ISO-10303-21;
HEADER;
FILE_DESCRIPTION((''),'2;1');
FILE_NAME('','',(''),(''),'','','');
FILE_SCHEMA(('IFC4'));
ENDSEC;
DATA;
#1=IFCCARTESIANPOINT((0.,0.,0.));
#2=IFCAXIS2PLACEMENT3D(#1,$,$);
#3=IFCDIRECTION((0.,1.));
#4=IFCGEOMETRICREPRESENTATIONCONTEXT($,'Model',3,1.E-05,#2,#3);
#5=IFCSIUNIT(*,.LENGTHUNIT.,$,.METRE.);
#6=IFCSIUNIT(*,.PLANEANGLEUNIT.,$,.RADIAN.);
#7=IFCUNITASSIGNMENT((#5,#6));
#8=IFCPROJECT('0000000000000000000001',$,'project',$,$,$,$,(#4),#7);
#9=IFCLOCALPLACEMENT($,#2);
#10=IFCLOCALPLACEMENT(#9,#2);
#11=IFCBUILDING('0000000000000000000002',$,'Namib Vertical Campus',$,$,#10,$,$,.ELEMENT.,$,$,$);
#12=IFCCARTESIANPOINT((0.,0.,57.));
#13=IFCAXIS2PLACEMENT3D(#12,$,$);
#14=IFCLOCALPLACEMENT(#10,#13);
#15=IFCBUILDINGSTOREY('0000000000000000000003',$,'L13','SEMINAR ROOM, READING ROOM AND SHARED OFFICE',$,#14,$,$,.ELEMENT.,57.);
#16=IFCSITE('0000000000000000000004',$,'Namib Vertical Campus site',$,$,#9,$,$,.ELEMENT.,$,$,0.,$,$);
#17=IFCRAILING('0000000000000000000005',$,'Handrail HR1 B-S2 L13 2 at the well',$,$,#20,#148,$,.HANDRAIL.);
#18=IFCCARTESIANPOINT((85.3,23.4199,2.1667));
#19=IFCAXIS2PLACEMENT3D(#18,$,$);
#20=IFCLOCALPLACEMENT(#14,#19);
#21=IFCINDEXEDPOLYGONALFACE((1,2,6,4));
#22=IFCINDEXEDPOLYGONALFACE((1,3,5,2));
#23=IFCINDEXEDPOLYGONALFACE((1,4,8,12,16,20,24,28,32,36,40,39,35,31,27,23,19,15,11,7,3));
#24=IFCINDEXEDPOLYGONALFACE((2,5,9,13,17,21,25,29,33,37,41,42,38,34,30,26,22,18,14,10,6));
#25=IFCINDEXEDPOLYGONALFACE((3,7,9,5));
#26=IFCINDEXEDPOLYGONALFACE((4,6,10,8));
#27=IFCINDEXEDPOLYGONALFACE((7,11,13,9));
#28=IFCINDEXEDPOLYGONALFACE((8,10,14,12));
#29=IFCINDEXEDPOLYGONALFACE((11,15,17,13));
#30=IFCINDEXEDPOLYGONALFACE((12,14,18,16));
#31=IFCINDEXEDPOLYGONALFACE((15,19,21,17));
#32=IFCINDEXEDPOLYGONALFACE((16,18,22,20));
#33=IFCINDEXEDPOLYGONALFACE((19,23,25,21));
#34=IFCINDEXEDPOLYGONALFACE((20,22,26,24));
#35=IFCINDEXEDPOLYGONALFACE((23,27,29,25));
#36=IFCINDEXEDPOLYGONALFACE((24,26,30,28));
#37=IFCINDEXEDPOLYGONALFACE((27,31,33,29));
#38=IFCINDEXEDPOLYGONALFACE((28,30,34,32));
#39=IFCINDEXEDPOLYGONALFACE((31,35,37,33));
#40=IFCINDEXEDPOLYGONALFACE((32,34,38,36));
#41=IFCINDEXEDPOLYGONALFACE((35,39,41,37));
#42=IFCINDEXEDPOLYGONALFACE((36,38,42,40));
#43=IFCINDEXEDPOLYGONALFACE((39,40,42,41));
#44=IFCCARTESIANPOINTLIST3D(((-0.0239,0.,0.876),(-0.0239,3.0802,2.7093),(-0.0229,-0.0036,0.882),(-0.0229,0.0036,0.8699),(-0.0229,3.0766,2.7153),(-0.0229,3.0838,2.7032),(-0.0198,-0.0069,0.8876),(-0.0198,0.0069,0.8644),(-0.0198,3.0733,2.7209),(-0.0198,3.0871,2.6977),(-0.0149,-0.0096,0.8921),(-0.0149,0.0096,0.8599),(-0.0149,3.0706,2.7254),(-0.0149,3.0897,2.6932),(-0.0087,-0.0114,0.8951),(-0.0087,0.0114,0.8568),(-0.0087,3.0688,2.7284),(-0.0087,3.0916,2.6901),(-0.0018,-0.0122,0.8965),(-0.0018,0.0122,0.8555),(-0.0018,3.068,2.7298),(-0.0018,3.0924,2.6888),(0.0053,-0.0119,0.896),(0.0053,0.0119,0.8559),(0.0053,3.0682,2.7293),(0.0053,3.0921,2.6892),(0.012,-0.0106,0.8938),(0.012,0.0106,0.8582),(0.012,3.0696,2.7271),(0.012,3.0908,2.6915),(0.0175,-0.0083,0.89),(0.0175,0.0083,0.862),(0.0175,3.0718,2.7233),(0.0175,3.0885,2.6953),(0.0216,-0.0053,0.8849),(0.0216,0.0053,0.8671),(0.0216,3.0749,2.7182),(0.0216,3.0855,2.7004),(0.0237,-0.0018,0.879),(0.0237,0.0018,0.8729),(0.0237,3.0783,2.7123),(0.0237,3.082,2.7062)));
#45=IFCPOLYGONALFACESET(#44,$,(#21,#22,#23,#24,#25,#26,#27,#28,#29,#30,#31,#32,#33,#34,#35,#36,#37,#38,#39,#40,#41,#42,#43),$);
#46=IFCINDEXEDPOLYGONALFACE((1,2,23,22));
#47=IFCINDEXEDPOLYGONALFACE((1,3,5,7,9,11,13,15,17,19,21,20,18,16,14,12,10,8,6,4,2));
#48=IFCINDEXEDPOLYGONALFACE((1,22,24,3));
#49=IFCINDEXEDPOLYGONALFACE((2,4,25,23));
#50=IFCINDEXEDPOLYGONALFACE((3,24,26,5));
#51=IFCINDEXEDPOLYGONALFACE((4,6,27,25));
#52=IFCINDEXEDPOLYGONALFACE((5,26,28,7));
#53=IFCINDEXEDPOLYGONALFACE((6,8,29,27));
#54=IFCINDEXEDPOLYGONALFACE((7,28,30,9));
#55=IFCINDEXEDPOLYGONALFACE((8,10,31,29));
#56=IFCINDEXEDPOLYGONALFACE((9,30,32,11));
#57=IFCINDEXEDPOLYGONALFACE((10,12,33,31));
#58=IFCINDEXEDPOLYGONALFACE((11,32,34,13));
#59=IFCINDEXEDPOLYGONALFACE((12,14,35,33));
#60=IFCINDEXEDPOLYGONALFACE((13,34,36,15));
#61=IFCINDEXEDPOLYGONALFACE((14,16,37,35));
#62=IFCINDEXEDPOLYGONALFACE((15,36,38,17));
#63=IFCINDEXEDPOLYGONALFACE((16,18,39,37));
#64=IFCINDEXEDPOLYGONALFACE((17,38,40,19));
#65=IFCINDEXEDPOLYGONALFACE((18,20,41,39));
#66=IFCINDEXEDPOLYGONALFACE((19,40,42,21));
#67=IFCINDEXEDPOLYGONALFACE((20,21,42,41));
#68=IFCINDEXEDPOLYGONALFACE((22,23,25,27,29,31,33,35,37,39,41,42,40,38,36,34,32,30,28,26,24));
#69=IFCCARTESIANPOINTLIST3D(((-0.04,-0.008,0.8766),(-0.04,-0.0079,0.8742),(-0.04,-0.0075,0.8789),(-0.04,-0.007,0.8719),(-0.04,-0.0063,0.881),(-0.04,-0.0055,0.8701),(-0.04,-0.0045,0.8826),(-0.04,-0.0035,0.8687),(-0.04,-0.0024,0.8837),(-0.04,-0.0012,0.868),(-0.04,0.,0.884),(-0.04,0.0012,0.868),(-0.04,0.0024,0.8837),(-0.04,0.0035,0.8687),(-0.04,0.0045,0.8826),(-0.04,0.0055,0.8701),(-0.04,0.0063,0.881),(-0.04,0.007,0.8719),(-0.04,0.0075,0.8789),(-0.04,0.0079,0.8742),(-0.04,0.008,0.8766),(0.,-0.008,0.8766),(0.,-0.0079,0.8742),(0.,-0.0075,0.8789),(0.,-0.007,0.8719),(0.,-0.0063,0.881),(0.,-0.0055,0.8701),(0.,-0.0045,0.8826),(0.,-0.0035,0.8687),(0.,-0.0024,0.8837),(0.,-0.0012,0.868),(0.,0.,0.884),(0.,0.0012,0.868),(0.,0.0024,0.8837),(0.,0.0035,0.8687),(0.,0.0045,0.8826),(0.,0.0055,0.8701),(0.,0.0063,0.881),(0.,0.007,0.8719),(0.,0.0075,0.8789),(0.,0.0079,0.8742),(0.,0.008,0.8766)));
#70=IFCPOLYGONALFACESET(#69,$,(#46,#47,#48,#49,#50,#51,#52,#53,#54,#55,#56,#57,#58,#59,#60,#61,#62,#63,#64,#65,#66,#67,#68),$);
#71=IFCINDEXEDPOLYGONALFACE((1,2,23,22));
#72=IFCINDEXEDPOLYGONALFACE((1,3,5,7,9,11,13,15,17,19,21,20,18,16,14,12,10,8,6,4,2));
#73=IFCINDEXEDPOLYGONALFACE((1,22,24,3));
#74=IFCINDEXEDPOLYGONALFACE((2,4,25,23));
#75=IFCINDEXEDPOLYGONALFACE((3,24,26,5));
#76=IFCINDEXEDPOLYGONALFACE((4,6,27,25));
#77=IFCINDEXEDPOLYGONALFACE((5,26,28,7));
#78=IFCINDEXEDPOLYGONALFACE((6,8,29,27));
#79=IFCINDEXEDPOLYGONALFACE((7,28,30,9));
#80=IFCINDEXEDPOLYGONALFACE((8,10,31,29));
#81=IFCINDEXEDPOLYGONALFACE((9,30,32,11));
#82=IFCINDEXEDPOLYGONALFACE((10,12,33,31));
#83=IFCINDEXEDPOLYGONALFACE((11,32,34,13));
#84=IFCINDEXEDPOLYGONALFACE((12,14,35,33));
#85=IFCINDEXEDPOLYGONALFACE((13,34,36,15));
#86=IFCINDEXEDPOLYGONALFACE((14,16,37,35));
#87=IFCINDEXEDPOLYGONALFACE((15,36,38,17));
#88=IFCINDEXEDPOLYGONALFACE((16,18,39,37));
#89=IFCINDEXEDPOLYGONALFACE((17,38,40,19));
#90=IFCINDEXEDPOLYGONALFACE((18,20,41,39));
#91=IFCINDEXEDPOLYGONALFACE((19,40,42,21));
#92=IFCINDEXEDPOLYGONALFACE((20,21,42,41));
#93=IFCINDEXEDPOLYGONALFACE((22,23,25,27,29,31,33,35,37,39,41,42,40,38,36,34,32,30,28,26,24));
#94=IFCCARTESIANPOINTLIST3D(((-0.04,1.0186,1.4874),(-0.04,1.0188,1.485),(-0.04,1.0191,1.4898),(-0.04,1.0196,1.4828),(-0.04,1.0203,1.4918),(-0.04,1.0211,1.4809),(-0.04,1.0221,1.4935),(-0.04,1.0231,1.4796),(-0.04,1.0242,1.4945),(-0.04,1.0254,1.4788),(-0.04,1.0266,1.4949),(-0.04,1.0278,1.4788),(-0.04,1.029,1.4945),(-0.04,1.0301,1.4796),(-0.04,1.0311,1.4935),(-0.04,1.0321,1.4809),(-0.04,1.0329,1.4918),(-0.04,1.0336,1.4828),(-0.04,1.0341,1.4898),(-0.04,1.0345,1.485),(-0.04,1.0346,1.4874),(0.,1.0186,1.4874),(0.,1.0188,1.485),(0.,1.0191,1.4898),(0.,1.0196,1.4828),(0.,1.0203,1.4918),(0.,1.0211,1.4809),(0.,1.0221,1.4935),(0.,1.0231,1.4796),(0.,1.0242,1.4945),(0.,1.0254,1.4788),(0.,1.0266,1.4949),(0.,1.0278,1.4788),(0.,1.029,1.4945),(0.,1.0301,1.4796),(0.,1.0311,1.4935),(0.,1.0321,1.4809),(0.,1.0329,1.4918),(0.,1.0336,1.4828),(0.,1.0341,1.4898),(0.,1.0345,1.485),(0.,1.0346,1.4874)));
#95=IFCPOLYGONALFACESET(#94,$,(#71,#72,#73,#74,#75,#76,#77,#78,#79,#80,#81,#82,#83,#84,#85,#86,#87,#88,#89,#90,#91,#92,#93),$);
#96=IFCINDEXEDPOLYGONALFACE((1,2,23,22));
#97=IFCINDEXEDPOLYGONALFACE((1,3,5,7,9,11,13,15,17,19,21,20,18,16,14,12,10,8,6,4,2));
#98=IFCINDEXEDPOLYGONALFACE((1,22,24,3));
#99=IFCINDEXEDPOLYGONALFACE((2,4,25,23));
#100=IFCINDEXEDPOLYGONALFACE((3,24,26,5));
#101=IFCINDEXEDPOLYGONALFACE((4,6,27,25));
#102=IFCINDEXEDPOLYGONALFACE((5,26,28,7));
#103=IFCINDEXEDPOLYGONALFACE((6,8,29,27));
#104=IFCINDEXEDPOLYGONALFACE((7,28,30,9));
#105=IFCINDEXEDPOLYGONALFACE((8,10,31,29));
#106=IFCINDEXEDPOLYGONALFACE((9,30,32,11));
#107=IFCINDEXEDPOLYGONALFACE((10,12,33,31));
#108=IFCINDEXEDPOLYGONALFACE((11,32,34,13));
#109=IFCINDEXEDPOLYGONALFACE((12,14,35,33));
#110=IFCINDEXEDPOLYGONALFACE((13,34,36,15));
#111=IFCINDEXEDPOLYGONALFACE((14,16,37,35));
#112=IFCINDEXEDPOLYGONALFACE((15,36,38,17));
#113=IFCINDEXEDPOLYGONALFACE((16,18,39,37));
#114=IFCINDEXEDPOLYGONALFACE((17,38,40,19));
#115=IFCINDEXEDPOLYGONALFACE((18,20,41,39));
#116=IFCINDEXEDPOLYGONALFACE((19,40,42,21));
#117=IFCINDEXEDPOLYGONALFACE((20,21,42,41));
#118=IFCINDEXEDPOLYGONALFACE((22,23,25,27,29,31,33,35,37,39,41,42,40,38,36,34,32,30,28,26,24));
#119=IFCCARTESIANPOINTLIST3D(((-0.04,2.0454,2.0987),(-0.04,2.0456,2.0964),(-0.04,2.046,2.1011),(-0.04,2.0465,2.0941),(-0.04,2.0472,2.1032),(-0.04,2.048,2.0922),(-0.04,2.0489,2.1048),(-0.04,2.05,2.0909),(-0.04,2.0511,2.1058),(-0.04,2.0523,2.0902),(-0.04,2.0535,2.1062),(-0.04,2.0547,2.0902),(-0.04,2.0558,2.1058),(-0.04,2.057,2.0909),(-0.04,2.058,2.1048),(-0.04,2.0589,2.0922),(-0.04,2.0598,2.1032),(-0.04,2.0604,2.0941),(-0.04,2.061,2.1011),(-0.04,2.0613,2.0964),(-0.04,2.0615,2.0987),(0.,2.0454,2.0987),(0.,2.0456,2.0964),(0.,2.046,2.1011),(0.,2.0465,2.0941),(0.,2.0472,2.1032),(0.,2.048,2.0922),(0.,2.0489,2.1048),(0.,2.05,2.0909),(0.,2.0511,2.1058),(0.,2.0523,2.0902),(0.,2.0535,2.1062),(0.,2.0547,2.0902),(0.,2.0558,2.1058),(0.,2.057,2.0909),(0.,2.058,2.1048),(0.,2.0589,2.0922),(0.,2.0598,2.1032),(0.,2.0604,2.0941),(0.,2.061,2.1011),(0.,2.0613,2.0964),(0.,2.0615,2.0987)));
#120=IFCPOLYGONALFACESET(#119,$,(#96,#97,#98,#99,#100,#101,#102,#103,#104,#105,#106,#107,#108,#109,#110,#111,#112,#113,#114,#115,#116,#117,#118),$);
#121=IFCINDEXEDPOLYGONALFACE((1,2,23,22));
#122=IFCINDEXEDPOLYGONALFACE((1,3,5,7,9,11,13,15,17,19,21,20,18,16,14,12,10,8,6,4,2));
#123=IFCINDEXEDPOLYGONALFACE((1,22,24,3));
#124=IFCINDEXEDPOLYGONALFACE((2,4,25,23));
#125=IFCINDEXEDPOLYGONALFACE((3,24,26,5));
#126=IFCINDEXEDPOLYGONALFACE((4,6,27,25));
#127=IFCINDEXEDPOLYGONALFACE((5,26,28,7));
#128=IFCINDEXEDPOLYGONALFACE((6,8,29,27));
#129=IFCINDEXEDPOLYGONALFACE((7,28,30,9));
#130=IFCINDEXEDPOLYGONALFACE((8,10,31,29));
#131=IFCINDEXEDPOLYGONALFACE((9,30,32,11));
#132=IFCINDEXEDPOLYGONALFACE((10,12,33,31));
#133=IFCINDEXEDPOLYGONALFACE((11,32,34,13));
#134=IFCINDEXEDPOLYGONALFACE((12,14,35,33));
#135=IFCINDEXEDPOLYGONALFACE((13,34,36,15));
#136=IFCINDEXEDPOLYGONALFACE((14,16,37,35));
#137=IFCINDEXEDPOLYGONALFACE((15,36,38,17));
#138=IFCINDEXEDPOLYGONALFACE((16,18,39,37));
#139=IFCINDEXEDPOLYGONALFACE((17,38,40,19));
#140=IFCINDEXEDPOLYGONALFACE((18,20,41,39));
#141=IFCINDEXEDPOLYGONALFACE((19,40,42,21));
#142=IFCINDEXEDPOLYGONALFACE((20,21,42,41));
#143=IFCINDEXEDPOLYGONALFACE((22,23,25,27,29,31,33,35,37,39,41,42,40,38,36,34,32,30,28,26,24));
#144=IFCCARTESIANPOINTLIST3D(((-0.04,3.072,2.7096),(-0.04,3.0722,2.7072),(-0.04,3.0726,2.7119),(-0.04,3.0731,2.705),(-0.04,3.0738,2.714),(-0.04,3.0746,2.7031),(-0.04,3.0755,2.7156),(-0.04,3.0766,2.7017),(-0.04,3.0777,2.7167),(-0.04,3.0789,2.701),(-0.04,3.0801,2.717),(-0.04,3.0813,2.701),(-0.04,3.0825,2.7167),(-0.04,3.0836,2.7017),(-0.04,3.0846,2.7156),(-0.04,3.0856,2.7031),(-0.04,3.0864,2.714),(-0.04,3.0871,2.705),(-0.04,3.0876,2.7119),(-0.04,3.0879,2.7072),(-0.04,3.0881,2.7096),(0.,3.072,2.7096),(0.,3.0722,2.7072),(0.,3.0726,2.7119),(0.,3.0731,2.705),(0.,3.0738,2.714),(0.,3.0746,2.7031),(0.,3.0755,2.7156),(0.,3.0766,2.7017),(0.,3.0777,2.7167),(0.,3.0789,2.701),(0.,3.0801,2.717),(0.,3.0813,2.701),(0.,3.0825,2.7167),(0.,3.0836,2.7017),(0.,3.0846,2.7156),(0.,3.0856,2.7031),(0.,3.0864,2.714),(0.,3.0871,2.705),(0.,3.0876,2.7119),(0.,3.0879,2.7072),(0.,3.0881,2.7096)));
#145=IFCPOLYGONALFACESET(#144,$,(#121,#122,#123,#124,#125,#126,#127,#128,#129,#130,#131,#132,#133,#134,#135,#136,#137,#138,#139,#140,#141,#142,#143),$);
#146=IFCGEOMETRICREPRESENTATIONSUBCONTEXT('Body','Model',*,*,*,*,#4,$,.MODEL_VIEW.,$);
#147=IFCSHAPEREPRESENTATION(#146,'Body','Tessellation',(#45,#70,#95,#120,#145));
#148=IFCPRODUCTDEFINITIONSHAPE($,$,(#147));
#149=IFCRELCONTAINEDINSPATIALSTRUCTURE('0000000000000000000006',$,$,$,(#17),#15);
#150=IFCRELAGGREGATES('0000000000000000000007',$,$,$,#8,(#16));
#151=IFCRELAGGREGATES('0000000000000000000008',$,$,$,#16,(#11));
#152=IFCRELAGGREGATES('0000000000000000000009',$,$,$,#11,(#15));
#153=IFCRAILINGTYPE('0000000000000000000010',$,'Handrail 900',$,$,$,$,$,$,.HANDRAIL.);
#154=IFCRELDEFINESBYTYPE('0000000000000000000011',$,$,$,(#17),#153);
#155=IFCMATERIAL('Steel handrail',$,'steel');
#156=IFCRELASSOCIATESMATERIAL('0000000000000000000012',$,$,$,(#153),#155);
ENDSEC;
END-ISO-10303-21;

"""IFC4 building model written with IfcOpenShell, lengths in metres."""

from ifc_helpers import new_model, si_unit, direction, frame, origin, origin_2d, place, context, subcontext, project, spatial, circle, extrude, material, type_object, element, save


model = new_model("IFC4")

# Units and contexts
model_context = context("Model", 3, precision=1e-05, world=origin(), true_north=direction((0.0, 1.0)))
body_context = subcontext(model_context, "Body", "Model", "MODEL_VIEW")
ifc_project = project(units=[si_unit("LENGTHUNIT", "METRE"), si_unit("PLANEANGLEUNIT", "RADIAN")], contexts=[model_context])

# Site, building, storey
site_placement = place(None, origin())
site = spatial("IfcSite", under=ifc_project, at=site_placement, Name="Namib Vertical Campus site", CompositionType="ELEMENT", RefElevation=0.0)
building_placement = place(site_placement, origin())
building = spatial("IfcBuilding", under=site, at=building_placement, Name="Namib Vertical Campus", CompositionType="ELEMENT")
storey_placement = place(building_placement, frame((0.0, 0.0, 57.0)))
storey = spatial("IfcBuildingStorey", under=building, at=storey_placement, Name="L13", Description="SEMINAR ROOM, READING ROOM AND SHARED OFFICE", CompositionType="ELEMENT", Elevation=57.0)

# Railing
ifc_material_1 = material(Name="Steel handrail", Category="steel")
railing_type_1 = type_object("IfcRailingType", Name="Handrail 900", PredefinedType="HANDRAIL", material=ifc_material_1)
railing_1_placement = place(storey_placement, frame((85.3, 23.4199, 2.1667)))
element("IfcRailing", 1, at=railing_1_placement, inside=storey, type_object=railing_type_1, Name="Handrail HR1 B-S2 L13 2 at the well", PredefinedType="HANDRAIL", context=body_context, shape_type="SweptSolid", body=[
    extrude(circle(Radius=0.0239, at=origin_2d()), frame((0.0, 0.0, 0.876), z_axis=(0.0, 0.859309, 0.511458), x_axis=(-1.0, 0.0, 0.0)), (0.0, 0.0, 1.0), 3.5845),
    extrude(circle(Radius=0.0081, at=origin_2d()), frame((0.0, 0.0, 0.876), z_axis=(-1.0, 0.0, 0.0), x_axis=(0.0, 0.0, 1.0)), (0.0, 0.0, 1.0), 0.04),
    extrude(circle(Radius=0.0081, at=origin_2d()), frame((0.0, 1.0266, 1.4868), z_axis=(-1.0, 0.0, 0.0), x_axis=(0.0, 0.0, 1.0)), (0.0, 0.0, 1.0), 0.04),
    extrude(circle(Radius=0.0081, at=origin_2d()), frame((0.0, 2.0535, 2.0981), z_axis=(-1.0, 0.0, 0.0), x_axis=(0.0, 0.0, 1.0)), (0.0, 0.0, 1.0), 0.04),
    extrude(circle(Radius=0.0081, at=origin_2d()), frame((0.0, 3.0801, 2.709), z_axis=(-1.0, 0.0, 0.0), x_axis=(0.0, 0.0, 1.0)), (0.0, 0.0, 1.0), 0.04),
])

save(model, "model.ifc")
